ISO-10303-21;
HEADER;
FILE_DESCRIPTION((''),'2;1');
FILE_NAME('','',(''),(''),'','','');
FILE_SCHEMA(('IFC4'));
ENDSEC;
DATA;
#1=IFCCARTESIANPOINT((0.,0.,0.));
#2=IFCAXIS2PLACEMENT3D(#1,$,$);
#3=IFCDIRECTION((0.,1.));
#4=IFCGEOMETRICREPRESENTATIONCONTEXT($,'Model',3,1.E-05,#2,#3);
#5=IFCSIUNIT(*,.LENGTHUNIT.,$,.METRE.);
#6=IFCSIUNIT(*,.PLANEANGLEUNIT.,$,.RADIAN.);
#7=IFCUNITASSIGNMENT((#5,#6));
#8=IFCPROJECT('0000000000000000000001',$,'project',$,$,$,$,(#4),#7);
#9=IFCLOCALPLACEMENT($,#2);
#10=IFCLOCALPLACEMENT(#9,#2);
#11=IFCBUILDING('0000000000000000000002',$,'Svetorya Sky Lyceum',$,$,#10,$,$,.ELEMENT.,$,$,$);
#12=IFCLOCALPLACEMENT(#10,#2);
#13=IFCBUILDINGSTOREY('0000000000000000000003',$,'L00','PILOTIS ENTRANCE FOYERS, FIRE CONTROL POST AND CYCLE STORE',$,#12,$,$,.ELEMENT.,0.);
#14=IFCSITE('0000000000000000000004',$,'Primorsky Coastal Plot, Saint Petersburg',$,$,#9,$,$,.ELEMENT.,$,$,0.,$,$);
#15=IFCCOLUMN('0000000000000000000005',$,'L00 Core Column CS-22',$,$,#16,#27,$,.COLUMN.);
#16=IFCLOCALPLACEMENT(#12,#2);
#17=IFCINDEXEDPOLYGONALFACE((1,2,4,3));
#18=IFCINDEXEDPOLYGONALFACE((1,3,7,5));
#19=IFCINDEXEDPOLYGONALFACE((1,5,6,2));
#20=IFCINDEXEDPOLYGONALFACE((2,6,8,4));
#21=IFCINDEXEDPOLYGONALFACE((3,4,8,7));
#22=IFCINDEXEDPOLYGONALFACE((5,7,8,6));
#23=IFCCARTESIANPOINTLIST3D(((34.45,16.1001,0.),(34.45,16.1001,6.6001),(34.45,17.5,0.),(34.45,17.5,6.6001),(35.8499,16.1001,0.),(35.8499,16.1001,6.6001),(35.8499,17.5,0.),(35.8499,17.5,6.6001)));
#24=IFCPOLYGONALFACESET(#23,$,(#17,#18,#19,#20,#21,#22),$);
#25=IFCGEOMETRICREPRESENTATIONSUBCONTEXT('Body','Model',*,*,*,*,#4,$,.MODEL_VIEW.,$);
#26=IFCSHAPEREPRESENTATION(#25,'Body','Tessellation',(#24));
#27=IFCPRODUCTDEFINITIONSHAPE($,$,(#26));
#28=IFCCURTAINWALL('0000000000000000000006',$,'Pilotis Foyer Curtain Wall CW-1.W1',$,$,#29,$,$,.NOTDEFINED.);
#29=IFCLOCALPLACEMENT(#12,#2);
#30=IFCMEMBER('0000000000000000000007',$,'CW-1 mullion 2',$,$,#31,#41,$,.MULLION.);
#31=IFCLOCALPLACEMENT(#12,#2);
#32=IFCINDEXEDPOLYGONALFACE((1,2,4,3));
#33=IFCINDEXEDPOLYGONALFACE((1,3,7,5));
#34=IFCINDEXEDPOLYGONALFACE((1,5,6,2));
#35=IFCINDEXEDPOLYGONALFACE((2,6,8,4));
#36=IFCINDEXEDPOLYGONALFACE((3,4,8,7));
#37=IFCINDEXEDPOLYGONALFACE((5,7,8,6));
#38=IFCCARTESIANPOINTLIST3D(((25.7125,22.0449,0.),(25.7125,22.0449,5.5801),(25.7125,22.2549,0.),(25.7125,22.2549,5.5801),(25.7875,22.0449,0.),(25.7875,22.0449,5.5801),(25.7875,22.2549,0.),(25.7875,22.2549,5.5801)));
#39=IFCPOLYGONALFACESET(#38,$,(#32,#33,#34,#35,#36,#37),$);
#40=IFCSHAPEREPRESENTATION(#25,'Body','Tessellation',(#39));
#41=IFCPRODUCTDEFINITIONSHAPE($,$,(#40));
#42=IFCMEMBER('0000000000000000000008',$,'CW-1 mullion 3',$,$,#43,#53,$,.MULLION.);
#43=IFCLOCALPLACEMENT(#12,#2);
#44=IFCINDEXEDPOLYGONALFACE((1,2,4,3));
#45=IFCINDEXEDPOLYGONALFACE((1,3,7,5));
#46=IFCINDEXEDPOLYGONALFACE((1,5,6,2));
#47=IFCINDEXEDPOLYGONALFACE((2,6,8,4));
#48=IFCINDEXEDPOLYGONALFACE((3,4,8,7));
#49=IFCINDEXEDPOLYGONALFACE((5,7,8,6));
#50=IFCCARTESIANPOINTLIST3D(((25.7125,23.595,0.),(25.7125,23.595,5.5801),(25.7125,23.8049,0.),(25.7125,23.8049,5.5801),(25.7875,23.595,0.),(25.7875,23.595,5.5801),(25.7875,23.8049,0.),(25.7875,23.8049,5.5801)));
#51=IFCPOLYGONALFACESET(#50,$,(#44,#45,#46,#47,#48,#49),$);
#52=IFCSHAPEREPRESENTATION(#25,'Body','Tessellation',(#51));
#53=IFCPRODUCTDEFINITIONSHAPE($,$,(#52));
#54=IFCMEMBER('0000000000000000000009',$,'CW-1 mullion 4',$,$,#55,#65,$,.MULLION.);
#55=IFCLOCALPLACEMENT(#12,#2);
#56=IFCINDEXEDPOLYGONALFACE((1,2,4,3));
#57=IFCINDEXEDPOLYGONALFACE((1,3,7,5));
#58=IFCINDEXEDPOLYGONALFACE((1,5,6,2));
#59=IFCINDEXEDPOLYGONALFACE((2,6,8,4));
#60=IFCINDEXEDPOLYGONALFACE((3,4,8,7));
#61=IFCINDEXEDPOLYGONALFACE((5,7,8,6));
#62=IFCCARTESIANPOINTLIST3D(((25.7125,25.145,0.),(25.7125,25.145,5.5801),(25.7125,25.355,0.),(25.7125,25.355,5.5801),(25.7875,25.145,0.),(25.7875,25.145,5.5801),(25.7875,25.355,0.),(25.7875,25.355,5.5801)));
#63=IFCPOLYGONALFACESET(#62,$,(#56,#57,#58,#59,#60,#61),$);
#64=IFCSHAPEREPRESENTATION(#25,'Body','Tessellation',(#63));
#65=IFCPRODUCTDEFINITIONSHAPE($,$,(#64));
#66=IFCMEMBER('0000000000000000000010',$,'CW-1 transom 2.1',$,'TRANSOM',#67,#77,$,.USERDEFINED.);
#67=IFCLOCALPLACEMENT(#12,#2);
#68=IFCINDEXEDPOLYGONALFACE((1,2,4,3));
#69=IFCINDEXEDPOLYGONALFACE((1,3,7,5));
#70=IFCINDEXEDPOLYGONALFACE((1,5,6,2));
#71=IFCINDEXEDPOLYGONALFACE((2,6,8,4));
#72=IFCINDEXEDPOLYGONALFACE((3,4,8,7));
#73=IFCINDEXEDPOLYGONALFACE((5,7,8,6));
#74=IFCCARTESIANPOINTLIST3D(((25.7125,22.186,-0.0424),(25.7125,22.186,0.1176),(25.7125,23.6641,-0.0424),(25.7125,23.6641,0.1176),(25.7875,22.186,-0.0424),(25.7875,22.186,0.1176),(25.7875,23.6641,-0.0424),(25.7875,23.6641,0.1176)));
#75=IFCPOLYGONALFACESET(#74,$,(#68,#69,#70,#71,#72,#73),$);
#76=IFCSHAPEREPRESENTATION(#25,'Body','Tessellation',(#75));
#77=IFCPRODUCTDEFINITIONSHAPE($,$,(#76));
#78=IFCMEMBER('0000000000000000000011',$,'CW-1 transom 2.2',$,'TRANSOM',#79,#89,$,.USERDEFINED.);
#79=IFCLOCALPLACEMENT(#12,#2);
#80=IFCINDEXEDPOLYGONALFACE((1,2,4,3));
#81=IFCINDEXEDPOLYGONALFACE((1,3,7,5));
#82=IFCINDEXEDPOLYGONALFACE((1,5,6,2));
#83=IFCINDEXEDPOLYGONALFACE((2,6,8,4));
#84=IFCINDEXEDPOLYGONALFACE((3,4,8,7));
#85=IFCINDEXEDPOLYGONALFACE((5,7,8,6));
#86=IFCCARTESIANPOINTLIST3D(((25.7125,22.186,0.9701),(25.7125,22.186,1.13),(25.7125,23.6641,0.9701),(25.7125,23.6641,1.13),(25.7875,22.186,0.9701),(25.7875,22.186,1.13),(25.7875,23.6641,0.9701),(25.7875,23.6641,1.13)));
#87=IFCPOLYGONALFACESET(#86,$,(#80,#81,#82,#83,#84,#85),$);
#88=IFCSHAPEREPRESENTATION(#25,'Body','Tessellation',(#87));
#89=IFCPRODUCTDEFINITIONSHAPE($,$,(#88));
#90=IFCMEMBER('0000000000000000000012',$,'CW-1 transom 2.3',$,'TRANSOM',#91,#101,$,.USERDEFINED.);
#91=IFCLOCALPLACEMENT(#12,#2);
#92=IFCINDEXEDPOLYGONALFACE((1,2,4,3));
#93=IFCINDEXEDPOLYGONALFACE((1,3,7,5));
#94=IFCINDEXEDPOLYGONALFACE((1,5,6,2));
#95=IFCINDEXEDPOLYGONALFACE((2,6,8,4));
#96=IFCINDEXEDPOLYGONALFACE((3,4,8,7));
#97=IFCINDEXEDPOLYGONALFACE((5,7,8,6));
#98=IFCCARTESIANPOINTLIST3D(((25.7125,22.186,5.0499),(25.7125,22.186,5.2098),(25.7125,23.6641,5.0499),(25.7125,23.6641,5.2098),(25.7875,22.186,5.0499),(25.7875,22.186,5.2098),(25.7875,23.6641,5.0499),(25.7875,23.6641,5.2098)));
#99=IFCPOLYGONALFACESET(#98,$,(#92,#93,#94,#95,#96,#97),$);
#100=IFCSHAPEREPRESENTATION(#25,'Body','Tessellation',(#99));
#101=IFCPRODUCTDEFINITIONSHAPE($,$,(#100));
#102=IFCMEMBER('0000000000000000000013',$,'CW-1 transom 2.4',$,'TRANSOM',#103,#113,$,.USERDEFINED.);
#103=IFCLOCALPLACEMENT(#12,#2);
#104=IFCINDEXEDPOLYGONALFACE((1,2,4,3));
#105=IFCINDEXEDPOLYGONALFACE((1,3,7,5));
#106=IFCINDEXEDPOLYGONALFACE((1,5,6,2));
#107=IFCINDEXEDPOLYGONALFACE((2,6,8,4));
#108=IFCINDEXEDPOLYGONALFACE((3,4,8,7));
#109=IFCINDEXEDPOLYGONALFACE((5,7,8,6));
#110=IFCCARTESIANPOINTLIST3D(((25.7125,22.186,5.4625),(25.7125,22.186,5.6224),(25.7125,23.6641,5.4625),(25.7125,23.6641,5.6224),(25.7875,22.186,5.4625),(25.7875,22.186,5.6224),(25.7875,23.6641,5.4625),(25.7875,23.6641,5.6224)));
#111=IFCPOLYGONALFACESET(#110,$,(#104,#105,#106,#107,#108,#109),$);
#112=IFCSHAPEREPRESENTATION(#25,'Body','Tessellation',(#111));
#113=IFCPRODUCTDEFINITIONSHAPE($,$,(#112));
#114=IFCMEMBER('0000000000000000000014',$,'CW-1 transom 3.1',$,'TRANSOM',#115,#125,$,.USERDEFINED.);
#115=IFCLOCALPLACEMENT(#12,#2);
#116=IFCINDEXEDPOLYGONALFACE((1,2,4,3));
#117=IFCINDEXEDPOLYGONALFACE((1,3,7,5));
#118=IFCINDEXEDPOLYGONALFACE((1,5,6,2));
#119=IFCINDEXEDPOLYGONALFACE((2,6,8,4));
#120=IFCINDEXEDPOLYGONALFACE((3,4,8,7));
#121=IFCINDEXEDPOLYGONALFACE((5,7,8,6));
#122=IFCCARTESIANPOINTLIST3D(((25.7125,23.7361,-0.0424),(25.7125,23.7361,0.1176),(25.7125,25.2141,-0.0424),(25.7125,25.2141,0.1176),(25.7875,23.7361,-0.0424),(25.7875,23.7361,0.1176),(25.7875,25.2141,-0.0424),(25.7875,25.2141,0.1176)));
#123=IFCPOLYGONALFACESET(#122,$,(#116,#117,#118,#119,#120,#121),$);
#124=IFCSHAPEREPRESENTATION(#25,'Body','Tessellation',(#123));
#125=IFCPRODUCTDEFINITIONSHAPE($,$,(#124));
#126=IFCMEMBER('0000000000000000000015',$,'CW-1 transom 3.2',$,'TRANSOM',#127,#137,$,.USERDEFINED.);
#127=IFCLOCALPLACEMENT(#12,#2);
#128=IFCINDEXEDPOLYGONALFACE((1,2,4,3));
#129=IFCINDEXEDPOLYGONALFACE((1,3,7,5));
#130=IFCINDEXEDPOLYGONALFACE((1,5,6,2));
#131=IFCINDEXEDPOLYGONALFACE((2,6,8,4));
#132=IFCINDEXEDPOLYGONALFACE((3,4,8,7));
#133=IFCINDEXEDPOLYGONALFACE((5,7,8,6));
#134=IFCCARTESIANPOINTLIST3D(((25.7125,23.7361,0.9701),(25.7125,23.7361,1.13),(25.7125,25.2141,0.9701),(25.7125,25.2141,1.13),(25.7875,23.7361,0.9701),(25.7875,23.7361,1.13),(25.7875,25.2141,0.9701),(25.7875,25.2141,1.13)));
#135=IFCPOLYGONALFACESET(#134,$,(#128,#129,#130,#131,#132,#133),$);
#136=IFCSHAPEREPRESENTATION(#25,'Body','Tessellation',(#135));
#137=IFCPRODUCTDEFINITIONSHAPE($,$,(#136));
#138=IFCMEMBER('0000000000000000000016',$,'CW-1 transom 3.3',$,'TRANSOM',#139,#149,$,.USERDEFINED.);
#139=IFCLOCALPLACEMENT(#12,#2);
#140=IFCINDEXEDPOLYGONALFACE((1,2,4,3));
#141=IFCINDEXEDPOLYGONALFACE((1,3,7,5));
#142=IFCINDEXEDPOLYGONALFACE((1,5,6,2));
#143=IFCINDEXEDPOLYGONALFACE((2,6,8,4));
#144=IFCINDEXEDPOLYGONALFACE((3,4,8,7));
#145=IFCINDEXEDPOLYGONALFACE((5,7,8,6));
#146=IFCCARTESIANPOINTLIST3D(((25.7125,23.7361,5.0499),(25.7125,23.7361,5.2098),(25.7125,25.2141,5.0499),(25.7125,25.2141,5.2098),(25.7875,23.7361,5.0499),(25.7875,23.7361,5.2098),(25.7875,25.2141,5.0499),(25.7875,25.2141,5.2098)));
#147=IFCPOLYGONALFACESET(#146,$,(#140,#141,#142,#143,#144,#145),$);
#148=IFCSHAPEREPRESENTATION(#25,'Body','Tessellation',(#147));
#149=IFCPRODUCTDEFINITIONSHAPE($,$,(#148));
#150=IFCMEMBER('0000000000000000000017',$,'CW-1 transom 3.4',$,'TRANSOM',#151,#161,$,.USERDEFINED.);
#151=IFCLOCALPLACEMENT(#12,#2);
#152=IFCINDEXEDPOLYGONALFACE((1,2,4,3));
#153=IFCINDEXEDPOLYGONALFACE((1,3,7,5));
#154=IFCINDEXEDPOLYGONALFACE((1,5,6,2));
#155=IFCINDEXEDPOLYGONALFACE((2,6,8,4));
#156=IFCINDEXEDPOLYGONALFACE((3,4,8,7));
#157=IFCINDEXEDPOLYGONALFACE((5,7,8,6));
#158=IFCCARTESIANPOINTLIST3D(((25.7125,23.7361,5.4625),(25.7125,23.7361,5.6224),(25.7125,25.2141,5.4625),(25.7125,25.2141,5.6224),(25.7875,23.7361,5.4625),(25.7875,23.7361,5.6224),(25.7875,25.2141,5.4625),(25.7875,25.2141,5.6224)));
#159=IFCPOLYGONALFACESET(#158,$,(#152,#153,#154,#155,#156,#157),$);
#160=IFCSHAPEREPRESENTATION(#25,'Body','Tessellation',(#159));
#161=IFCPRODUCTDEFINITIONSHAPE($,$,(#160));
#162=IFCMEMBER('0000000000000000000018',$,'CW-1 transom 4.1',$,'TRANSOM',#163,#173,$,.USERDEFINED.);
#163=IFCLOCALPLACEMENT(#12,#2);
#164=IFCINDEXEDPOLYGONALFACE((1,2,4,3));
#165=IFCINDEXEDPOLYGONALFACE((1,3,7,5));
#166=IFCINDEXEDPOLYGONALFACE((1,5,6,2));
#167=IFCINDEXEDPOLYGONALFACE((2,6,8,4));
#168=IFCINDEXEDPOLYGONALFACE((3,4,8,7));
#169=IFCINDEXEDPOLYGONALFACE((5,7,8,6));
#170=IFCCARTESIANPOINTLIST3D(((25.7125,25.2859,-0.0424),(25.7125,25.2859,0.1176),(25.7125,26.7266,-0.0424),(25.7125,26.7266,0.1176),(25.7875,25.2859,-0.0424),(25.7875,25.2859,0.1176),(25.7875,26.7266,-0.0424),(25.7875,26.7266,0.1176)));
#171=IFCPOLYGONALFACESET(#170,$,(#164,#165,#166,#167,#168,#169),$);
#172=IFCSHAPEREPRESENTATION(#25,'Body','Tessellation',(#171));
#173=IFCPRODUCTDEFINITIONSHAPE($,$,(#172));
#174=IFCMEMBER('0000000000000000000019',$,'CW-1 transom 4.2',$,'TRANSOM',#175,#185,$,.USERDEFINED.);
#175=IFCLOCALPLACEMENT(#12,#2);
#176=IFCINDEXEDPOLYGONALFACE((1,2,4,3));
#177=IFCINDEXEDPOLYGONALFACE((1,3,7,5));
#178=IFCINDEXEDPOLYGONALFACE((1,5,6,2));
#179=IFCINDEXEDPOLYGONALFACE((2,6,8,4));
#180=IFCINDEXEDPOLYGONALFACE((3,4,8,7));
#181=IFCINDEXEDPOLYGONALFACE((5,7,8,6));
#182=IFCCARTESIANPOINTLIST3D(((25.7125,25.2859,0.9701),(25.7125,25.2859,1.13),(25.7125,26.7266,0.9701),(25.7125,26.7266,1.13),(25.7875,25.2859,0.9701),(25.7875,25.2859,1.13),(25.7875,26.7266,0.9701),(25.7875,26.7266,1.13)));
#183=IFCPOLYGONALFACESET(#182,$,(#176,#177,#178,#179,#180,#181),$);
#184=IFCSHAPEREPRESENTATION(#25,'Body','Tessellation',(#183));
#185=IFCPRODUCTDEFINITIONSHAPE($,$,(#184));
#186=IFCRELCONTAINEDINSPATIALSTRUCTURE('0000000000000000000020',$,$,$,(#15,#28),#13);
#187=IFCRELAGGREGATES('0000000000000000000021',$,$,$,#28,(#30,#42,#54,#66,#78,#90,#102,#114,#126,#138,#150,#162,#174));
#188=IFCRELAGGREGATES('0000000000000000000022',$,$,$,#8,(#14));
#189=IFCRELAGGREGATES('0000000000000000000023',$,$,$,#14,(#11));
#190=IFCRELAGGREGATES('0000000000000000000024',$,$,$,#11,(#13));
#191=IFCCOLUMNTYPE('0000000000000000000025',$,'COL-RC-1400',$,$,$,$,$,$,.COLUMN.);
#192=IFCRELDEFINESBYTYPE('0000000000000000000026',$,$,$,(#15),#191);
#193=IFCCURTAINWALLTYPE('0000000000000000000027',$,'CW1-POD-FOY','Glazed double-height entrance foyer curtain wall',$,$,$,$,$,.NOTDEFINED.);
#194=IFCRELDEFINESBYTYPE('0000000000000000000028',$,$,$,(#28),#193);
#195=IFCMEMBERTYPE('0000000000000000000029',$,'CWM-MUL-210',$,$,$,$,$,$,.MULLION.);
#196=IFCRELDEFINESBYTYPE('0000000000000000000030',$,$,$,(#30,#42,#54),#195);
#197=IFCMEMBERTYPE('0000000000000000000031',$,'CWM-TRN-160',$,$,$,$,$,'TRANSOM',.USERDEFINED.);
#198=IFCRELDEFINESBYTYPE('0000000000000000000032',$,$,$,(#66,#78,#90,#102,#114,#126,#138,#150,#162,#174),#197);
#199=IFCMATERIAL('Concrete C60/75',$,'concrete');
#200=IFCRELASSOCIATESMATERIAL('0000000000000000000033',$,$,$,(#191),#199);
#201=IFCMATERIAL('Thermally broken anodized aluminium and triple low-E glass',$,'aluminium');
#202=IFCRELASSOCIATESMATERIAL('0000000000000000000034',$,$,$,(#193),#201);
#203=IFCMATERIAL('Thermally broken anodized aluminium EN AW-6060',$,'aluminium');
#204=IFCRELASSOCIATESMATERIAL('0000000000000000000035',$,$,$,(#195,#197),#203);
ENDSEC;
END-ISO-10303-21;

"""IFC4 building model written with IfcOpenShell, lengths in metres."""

from ifc_helpers import new_model, si_unit, direction, frame, origin, origin_2d, place, context, subcontext, project, spatial, rectangle, extrude, material, material_profile, profile_set, type_object, element, aggregate, save


model = new_model("IFC4")

# Units and contexts
model_context = context("Model", 3, precision=1e-05, world=origin(), true_north=direction((0.0, 1.0)))
body_context = subcontext(model_context, "Body", "Model", "MODEL_VIEW")
ifc_project = project(units=[si_unit("LENGTHUNIT", "METRE"), si_unit("PLANEANGLEUNIT", "RADIAN")], contexts=[model_context])

# Site, building, storey
site_placement = place(None, origin())
site = spatial("IfcSite", under=ifc_project, at=site_placement, Name="Primorsky Coastal Plot, Saint Petersburg", CompositionType="ELEMENT", RefElevation=0.0)
building_placement = place(site_placement, origin())
building = spatial("IfcBuilding", under=site, at=building_placement, Name="Svetorya Sky Lyceum", CompositionType="ELEMENT")
storey_placement = place(building_placement, origin())
storey = spatial("IfcBuildingStorey", under=building, at=storey_placement, Name="L00", Description="PILOTIS ENTRANCE FOYERS, FIRE CONTROL POST AND CYCLE STORE", CompositionType="ELEMENT", Elevation=0.0)

# Column
ifc_material_1 = material(Name="Concrete C60/75", Category="concrete")
ifc_material_profile_1 = material_profile(ifc_material_1, rectangle(XDim=1.3999, YDim=1.3999, at=origin_2d()), Name="RC COL 1400x1400")
ifc_profile_set_1 = profile_set([ifc_material_profile_1], Name="Concrete C60/75")
column_type = type_object("IfcColumnType", Name="COL-RC-1400", PredefinedType="COLUMN", material=ifc_profile_set_1)
column_placement = place(storey_placement, frame((35.1499, 16.8, 0.0), z_axis=(0.0, 0.0, 1.0), x_axis=(1.0, 0.0, 0.0)))
element("IfcColumn", 1, at=column_placement, inside=storey, type_object=column_type, Name="L00 Core Column CS-22", PredefinedType="COLUMN", context=body_context, shape_type="SweptSolid", body=[
    extrude(rectangle(XDim=1.3999, YDim=1.3999, at=origin_2d()), origin(), (0.0, 0.0, 1.0), 6.6001),
])

# Curtain wall, members
ifc_material_2 = material(Name="Thermally broken anodized aluminium and triple low-E glass", Category="aluminium")
curtain_wall_type = type_object("IfcCurtainWallType", Name="CW1-POD-FOY", Description="Glazed double-height entrance foyer curtain wall", PredefinedType="NOTDEFINED", material=ifc_material_2)
curtain_wall_placement = place(storey_placement, origin())
curtain_wall = element("IfcCurtainWall", 2, at=curtain_wall_placement, inside=storey, type_object=curtain_wall_type, Name="Pilotis Foyer Curtain Wall CW-1.W1", PredefinedType="NOTDEFINED")
ifc_material_3 = material(Name="Thermally broken anodized aluminium EN AW-6060", Category="aluminium")
ifc_material_profile_2 = material_profile(ifc_material_3, rectangle(XDim=0.075, YDim=0.21, at=origin_2d()), Name="ALU MULLION 75x210")
ifc_profile_set_2 = profile_set([ifc_material_profile_2], Name="Thermally broken anodized aluminium EN AW-6060")
member_type_1 = type_object("IfcMemberType", Name="CWM-MUL-210", PredefinedType="MULLION", material=ifc_profile_set_2)
member_1_placement = place(storey_placement, frame((25.75, 22.1499, 0.0), z_axis=(0.0, 0.0, 1.0), x_axis=(-1.0, 0.0, 0.0)))
member_1 = element("IfcMember", 3, at=member_1_placement, type_object=member_type_1, Name="CW-1 mullion 2", PredefinedType="MULLION", context=body_context, shape_type="SweptSolid", body=[
    extrude(rectangle(XDim=0.075, YDim=0.21, at=origin_2d()), origin(), (0.0, 0.0, 1.0), 5.5801),
])
member_2_placement = place(storey_placement, frame((25.75, 23.7, 0.0), z_axis=(0.0, 0.0, 1.0), x_axis=(-1.0, 0.0, 0.0)))
member_2 = element("IfcMember", 4, at=member_2_placement, type_object=member_type_1, Name="CW-1 mullion 3", PredefinedType="MULLION", context=body_context, shape_type="SweptSolid", body=[
    extrude(rectangle(XDim=0.075, YDim=0.21, at=origin_2d()), origin(), (0.0, 0.0, 1.0), 5.5801),
])
member_3_placement = place(storey_placement, frame((25.75, 25.25, 0.0), z_axis=(0.0, 0.0, 1.0), x_axis=(-1.0, 0.0, 0.0)))
member_3 = element("IfcMember", 5, at=member_3_placement, type_object=member_type_1, Name="CW-1 mullion 4", PredefinedType="MULLION", context=body_context, shape_type="SweptSolid", body=[
    extrude(rectangle(XDim=0.075, YDim=0.21, at=origin_2d()), origin(), (0.0, 0.0, 1.0), 5.5801),
])
ifc_material_profile_3 = material_profile(ifc_material_3, rectangle(XDim=0.075, YDim=0.1599, at=origin_2d()), Name="ALU TRANSOM 75x160")
ifc_profile_set_3 = profile_set([ifc_material_profile_3], Name="Thermally broken anodized aluminium EN AW-6060")
member_type_2 = type_object("IfcMemberType", Name="CWM-TRN-160", ElementType="TRANSOM", PredefinedType="USERDEFINED", material=ifc_profile_set_3)
member_4_placement = place(storey_placement, frame((25.75, 22.186, 0.0376), z_axis=(0.0, 1.0, 0.0), x_axis=(-1.0, 0.0, 0.0)))
member_4 = element("IfcMember", 6, at=member_4_placement, type_object=member_type_2, Name="CW-1 transom 2.1", ObjectType="TRANSOM", PredefinedType="USERDEFINED", context=body_context, shape_type="SweptSolid", body=[
    extrude(rectangle(XDim=0.075, YDim=0.1599, at=origin_2d()), origin(), (0.0, 0.0, 1.0), 1.478),
])
member_5_placement = place(storey_placement, frame((25.75, 22.186, 1.05), z_axis=(0.0, 1.0, 0.0), x_axis=(-1.0, 0.0, 0.0)))
member_5 = element("IfcMember", 7, at=member_5_placement, type_object=member_type_2, Name="CW-1 transom 2.2", ObjectType="TRANSOM", PredefinedType="USERDEFINED", context=body_context, shape_type="SweptSolid", body=[
    extrude(rectangle(XDim=0.075, YDim=0.1599, at=origin_2d()), origin(), (0.0, 0.0, 1.0), 1.478),
])
member_6_placement = place(storey_placement, frame((25.75, 22.186, 5.1299), z_axis=(0.0, 1.0, 0.0), x_axis=(-1.0, 0.0, 0.0)))
member_6 = element("IfcMember", 8, at=member_6_placement, type_object=member_type_2, Name="CW-1 transom 2.3", ObjectType="TRANSOM", PredefinedType="USERDEFINED", context=body_context, shape_type="SweptSolid", body=[
    extrude(rectangle(XDim=0.075, YDim=0.1599, at=origin_2d()), origin(), (0.0, 0.0, 1.0), 1.478),
])
member_7_placement = place(storey_placement, frame((25.75, 22.186, 5.5425), z_axis=(0.0, 1.0, 0.0), x_axis=(-1.0, 0.0, 0.0)))
member_7 = element("IfcMember", 9, at=member_7_placement, type_object=member_type_2, Name="CW-1 transom 2.4", ObjectType="TRANSOM", PredefinedType="USERDEFINED", context=body_context, shape_type="SweptSolid", body=[
    extrude(rectangle(XDim=0.075, YDim=0.1599, at=origin_2d()), origin(), (0.0, 0.0, 1.0), 1.478),
])
member_8_placement = place(storey_placement, frame((25.75, 23.7361, 0.0376), z_axis=(0.0, 1.0, 0.0), x_axis=(-1.0, 0.0, 0.0)))
member_8 = element("IfcMember", 10, at=member_8_placement, type_object=member_type_2, Name="CW-1 transom 3.1", ObjectType="TRANSOM", PredefinedType="USERDEFINED", context=body_context, shape_type="SweptSolid", body=[
    extrude(rectangle(XDim=0.075, YDim=0.1599, at=origin_2d()), origin(), (0.0, 0.0, 1.0), 1.478),
])
member_9_placement = place(storey_placement, frame((25.75, 23.7361, 1.05), z_axis=(0.0, 1.0, 0.0), x_axis=(-1.0, 0.0, 0.0)))
member_9 = element("IfcMember", 11, at=member_9_placement, type_object=member_type_2, Name="CW-1 transom 3.2", ObjectType="TRANSOM", PredefinedType="USERDEFINED", context=body_context, shape_type="SweptSolid", body=[
    extrude(rectangle(XDim=0.075, YDim=0.1599, at=origin_2d()), origin(), (0.0, 0.0, 1.0), 1.478),
])
member_10_placement = place(storey_placement, frame((25.75, 23.7361, 5.1299), z_axis=(0.0, 1.0, 0.0), x_axis=(-1.0, 0.0, 0.0)))
member_10 = element("IfcMember", 12, at=member_10_placement, type_object=member_type_2, Name="CW-1 transom 3.3", ObjectType="TRANSOM", PredefinedType="USERDEFINED", context=body_context, shape_type="SweptSolid", body=[
    extrude(rectangle(XDim=0.075, YDim=0.1599, at=origin_2d()), origin(), (0.0, 0.0, 1.0), 1.478),
])
member_11_placement = place(storey_placement, frame((25.75, 23.7361, 5.5425), z_axis=(0.0, 1.0, 0.0), x_axis=(-1.0, 0.0, 0.0)))
member_11 = element("IfcMember", 13, at=member_11_placement, type_object=member_type_2, Name="CW-1 transom 3.4", ObjectType="TRANSOM", PredefinedType="USERDEFINED", context=body_context, shape_type="SweptSolid", body=[
    extrude(rectangle(XDim=0.075, YDim=0.1599, at=origin_2d()), origin(), (0.0, 0.0, 1.0), 1.478),
])
member_12_placement = place(storey_placement, frame((25.75, 25.2859, 0.0376), z_axis=(0.0, 1.0, 0.0), x_axis=(-1.0, 0.0, 0.0)))
member_12 = element("IfcMember", 14, at=member_12_placement, type_object=member_type_2, Name="CW-1 transom 4.1", ObjectType="TRANSOM", PredefinedType="USERDEFINED", context=body_context, shape_type="SweptSolid", body=[
    extrude(rectangle(XDim=0.075, YDim=0.1599, at=origin_2d()), origin(), (0.0, 0.0, 1.0), 1.4407),
])
member_13_placement = place(storey_placement, frame((25.75, 25.2859, 1.05), z_axis=(0.0, 1.0, 0.0), x_axis=(-1.0, 0.0, 0.0)))
member_13 = element("IfcMember", 15, at=member_13_placement, type_object=member_type_2, Name="CW-1 transom 4.2", ObjectType="TRANSOM", PredefinedType="USERDEFINED", context=body_context, shape_type="SweptSolid", body=[
    extrude(rectangle(XDim=0.075, YDim=0.1599, at=origin_2d()), origin(), (0.0, 0.0, 1.0), 1.4407),
])
aggregate(curtain_wall, [member_1, member_2, member_3, member_4, member_5, member_6, member_7, member_8, member_9, member_10, member_11, member_12, member_13])

save(model, "model.ifc")
